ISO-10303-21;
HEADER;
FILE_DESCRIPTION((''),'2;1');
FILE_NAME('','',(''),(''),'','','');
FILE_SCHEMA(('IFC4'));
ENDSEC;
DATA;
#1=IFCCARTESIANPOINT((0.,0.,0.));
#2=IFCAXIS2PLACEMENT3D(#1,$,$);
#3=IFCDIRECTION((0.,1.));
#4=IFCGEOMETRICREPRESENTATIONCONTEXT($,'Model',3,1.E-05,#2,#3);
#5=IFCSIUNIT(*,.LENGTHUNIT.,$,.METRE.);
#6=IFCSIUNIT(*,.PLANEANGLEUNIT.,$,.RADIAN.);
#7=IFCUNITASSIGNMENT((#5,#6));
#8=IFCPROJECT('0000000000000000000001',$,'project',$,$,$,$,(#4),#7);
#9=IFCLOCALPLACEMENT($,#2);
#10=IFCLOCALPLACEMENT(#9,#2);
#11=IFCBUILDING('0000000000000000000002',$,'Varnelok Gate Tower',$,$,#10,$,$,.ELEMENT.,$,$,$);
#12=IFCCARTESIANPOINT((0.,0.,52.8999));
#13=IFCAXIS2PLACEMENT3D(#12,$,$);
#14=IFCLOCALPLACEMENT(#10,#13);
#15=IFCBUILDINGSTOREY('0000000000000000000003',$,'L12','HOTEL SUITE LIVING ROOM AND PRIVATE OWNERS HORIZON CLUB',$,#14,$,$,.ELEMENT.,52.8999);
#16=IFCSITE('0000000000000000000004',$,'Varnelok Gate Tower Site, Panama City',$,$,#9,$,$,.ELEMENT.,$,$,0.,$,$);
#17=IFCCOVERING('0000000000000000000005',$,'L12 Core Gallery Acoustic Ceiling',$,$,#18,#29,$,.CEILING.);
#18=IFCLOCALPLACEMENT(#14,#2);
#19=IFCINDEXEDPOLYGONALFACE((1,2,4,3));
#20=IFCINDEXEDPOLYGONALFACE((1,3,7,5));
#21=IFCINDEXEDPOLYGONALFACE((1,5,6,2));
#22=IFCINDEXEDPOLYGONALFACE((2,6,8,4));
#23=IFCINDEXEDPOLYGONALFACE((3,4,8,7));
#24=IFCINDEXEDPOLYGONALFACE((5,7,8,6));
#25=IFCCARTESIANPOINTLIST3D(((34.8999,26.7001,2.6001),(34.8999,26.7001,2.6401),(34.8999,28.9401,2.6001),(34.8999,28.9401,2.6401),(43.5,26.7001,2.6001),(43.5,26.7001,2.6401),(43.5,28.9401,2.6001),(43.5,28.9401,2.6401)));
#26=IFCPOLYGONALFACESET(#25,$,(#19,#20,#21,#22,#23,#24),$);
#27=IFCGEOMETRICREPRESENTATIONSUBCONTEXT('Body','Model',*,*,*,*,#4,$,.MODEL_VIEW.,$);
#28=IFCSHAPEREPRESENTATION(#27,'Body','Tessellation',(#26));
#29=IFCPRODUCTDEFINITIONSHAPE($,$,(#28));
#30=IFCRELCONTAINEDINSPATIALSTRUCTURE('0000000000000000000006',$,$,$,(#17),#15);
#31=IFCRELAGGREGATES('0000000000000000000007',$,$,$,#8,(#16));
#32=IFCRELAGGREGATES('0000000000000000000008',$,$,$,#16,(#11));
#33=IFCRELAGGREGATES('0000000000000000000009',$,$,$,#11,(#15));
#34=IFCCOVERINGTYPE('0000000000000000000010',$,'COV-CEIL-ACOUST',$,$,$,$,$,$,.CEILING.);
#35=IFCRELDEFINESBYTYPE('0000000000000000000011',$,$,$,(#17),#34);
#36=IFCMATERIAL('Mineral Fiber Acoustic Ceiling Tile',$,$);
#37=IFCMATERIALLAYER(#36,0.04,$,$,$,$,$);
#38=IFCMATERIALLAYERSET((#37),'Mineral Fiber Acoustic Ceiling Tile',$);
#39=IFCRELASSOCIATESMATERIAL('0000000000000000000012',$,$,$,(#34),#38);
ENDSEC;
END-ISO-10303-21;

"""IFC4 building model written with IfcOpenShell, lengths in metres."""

from ifc_helpers import new_model, si_unit, direction, frame, origin, origin_2d, place, context, subcontext, project, spatial, rectangle, extrude, source, transform, mapped, material, layer, layer_set, type_object, element, save


model = new_model("IFC4")

# Units and contexts
model_context = context("Model", 3, precision=1e-05, world=origin(), true_north=direction((0.0, 1.0)))
body_context = subcontext(model_context, "Body", "Model", "MODEL_VIEW")
ifc_project = project(units=[si_unit("LENGTHUNIT", "METRE"), si_unit("PLANEANGLEUNIT", "RADIAN")], contexts=[model_context])

# Site, building, storey
site_placement = place(None, origin())
site = spatial("IfcSite", under=ifc_project, at=site_placement, Name="Varnelok Gate Tower Site, Panama City", CompositionType="ELEMENT", RefElevation=0.0)
building_placement = place(site_placement, origin())
building = spatial("IfcBuilding", under=site, at=building_placement, Name="Varnelok Gate Tower", CompositionType="ELEMENT")
storey_placement = place(building_placement, frame((0.0, 0.0, 52.8999)))
storey = spatial("IfcBuildingStorey", under=building, at=storey_placement, Name="L12", Description="HOTEL SUITE LIVING ROOM AND PRIVATE OWNERS HORIZON CLUB", CompositionType="ELEMENT", Elevation=52.8999)

# Covering
ifc_material_1 = material(Name="Mineral Fiber Acoustic Ceiling Tile")
ifc_layer_1 = layer(ifc_material_1, 0.04)
ifc_layer_set_1 = layer_set([ifc_layer_1], Name="Mineral Fiber Acoustic Ceiling Tile")
covering_type_1 = type_object("IfcCoveringType", Name="COV-CEIL-ACOUST", PredefinedType="CEILING", material=ifc_layer_set_1)
shared_shape_1 = source(origin(), body_context, "Body", "SweptSolid", [
    extrude(rectangle(XDim=8.6001, YDim=2.24, at=origin_2d()), origin(), (0.0, 0.0, 1.0), 0.04),
])
covering_1_placement = place(storey_placement, frame((39.2, 27.8201, 2.6001), z_axis=(0.0, 0.0, 1.0), x_axis=(1.0, 0.0, 0.0)))
element("IfcCovering", 1, at=covering_1_placement, inside=storey, type_object=covering_type_1, Name="L12 Core Gallery Acoustic Ceiling", PredefinedType="CEILING", context=body_context, shape_type="MappedRepresentation", body=[
    mapped(shared_shape_1, transform((0.0, 0.0, 0.0), scale=1.0)),
])

save(model, "model.ifc")
